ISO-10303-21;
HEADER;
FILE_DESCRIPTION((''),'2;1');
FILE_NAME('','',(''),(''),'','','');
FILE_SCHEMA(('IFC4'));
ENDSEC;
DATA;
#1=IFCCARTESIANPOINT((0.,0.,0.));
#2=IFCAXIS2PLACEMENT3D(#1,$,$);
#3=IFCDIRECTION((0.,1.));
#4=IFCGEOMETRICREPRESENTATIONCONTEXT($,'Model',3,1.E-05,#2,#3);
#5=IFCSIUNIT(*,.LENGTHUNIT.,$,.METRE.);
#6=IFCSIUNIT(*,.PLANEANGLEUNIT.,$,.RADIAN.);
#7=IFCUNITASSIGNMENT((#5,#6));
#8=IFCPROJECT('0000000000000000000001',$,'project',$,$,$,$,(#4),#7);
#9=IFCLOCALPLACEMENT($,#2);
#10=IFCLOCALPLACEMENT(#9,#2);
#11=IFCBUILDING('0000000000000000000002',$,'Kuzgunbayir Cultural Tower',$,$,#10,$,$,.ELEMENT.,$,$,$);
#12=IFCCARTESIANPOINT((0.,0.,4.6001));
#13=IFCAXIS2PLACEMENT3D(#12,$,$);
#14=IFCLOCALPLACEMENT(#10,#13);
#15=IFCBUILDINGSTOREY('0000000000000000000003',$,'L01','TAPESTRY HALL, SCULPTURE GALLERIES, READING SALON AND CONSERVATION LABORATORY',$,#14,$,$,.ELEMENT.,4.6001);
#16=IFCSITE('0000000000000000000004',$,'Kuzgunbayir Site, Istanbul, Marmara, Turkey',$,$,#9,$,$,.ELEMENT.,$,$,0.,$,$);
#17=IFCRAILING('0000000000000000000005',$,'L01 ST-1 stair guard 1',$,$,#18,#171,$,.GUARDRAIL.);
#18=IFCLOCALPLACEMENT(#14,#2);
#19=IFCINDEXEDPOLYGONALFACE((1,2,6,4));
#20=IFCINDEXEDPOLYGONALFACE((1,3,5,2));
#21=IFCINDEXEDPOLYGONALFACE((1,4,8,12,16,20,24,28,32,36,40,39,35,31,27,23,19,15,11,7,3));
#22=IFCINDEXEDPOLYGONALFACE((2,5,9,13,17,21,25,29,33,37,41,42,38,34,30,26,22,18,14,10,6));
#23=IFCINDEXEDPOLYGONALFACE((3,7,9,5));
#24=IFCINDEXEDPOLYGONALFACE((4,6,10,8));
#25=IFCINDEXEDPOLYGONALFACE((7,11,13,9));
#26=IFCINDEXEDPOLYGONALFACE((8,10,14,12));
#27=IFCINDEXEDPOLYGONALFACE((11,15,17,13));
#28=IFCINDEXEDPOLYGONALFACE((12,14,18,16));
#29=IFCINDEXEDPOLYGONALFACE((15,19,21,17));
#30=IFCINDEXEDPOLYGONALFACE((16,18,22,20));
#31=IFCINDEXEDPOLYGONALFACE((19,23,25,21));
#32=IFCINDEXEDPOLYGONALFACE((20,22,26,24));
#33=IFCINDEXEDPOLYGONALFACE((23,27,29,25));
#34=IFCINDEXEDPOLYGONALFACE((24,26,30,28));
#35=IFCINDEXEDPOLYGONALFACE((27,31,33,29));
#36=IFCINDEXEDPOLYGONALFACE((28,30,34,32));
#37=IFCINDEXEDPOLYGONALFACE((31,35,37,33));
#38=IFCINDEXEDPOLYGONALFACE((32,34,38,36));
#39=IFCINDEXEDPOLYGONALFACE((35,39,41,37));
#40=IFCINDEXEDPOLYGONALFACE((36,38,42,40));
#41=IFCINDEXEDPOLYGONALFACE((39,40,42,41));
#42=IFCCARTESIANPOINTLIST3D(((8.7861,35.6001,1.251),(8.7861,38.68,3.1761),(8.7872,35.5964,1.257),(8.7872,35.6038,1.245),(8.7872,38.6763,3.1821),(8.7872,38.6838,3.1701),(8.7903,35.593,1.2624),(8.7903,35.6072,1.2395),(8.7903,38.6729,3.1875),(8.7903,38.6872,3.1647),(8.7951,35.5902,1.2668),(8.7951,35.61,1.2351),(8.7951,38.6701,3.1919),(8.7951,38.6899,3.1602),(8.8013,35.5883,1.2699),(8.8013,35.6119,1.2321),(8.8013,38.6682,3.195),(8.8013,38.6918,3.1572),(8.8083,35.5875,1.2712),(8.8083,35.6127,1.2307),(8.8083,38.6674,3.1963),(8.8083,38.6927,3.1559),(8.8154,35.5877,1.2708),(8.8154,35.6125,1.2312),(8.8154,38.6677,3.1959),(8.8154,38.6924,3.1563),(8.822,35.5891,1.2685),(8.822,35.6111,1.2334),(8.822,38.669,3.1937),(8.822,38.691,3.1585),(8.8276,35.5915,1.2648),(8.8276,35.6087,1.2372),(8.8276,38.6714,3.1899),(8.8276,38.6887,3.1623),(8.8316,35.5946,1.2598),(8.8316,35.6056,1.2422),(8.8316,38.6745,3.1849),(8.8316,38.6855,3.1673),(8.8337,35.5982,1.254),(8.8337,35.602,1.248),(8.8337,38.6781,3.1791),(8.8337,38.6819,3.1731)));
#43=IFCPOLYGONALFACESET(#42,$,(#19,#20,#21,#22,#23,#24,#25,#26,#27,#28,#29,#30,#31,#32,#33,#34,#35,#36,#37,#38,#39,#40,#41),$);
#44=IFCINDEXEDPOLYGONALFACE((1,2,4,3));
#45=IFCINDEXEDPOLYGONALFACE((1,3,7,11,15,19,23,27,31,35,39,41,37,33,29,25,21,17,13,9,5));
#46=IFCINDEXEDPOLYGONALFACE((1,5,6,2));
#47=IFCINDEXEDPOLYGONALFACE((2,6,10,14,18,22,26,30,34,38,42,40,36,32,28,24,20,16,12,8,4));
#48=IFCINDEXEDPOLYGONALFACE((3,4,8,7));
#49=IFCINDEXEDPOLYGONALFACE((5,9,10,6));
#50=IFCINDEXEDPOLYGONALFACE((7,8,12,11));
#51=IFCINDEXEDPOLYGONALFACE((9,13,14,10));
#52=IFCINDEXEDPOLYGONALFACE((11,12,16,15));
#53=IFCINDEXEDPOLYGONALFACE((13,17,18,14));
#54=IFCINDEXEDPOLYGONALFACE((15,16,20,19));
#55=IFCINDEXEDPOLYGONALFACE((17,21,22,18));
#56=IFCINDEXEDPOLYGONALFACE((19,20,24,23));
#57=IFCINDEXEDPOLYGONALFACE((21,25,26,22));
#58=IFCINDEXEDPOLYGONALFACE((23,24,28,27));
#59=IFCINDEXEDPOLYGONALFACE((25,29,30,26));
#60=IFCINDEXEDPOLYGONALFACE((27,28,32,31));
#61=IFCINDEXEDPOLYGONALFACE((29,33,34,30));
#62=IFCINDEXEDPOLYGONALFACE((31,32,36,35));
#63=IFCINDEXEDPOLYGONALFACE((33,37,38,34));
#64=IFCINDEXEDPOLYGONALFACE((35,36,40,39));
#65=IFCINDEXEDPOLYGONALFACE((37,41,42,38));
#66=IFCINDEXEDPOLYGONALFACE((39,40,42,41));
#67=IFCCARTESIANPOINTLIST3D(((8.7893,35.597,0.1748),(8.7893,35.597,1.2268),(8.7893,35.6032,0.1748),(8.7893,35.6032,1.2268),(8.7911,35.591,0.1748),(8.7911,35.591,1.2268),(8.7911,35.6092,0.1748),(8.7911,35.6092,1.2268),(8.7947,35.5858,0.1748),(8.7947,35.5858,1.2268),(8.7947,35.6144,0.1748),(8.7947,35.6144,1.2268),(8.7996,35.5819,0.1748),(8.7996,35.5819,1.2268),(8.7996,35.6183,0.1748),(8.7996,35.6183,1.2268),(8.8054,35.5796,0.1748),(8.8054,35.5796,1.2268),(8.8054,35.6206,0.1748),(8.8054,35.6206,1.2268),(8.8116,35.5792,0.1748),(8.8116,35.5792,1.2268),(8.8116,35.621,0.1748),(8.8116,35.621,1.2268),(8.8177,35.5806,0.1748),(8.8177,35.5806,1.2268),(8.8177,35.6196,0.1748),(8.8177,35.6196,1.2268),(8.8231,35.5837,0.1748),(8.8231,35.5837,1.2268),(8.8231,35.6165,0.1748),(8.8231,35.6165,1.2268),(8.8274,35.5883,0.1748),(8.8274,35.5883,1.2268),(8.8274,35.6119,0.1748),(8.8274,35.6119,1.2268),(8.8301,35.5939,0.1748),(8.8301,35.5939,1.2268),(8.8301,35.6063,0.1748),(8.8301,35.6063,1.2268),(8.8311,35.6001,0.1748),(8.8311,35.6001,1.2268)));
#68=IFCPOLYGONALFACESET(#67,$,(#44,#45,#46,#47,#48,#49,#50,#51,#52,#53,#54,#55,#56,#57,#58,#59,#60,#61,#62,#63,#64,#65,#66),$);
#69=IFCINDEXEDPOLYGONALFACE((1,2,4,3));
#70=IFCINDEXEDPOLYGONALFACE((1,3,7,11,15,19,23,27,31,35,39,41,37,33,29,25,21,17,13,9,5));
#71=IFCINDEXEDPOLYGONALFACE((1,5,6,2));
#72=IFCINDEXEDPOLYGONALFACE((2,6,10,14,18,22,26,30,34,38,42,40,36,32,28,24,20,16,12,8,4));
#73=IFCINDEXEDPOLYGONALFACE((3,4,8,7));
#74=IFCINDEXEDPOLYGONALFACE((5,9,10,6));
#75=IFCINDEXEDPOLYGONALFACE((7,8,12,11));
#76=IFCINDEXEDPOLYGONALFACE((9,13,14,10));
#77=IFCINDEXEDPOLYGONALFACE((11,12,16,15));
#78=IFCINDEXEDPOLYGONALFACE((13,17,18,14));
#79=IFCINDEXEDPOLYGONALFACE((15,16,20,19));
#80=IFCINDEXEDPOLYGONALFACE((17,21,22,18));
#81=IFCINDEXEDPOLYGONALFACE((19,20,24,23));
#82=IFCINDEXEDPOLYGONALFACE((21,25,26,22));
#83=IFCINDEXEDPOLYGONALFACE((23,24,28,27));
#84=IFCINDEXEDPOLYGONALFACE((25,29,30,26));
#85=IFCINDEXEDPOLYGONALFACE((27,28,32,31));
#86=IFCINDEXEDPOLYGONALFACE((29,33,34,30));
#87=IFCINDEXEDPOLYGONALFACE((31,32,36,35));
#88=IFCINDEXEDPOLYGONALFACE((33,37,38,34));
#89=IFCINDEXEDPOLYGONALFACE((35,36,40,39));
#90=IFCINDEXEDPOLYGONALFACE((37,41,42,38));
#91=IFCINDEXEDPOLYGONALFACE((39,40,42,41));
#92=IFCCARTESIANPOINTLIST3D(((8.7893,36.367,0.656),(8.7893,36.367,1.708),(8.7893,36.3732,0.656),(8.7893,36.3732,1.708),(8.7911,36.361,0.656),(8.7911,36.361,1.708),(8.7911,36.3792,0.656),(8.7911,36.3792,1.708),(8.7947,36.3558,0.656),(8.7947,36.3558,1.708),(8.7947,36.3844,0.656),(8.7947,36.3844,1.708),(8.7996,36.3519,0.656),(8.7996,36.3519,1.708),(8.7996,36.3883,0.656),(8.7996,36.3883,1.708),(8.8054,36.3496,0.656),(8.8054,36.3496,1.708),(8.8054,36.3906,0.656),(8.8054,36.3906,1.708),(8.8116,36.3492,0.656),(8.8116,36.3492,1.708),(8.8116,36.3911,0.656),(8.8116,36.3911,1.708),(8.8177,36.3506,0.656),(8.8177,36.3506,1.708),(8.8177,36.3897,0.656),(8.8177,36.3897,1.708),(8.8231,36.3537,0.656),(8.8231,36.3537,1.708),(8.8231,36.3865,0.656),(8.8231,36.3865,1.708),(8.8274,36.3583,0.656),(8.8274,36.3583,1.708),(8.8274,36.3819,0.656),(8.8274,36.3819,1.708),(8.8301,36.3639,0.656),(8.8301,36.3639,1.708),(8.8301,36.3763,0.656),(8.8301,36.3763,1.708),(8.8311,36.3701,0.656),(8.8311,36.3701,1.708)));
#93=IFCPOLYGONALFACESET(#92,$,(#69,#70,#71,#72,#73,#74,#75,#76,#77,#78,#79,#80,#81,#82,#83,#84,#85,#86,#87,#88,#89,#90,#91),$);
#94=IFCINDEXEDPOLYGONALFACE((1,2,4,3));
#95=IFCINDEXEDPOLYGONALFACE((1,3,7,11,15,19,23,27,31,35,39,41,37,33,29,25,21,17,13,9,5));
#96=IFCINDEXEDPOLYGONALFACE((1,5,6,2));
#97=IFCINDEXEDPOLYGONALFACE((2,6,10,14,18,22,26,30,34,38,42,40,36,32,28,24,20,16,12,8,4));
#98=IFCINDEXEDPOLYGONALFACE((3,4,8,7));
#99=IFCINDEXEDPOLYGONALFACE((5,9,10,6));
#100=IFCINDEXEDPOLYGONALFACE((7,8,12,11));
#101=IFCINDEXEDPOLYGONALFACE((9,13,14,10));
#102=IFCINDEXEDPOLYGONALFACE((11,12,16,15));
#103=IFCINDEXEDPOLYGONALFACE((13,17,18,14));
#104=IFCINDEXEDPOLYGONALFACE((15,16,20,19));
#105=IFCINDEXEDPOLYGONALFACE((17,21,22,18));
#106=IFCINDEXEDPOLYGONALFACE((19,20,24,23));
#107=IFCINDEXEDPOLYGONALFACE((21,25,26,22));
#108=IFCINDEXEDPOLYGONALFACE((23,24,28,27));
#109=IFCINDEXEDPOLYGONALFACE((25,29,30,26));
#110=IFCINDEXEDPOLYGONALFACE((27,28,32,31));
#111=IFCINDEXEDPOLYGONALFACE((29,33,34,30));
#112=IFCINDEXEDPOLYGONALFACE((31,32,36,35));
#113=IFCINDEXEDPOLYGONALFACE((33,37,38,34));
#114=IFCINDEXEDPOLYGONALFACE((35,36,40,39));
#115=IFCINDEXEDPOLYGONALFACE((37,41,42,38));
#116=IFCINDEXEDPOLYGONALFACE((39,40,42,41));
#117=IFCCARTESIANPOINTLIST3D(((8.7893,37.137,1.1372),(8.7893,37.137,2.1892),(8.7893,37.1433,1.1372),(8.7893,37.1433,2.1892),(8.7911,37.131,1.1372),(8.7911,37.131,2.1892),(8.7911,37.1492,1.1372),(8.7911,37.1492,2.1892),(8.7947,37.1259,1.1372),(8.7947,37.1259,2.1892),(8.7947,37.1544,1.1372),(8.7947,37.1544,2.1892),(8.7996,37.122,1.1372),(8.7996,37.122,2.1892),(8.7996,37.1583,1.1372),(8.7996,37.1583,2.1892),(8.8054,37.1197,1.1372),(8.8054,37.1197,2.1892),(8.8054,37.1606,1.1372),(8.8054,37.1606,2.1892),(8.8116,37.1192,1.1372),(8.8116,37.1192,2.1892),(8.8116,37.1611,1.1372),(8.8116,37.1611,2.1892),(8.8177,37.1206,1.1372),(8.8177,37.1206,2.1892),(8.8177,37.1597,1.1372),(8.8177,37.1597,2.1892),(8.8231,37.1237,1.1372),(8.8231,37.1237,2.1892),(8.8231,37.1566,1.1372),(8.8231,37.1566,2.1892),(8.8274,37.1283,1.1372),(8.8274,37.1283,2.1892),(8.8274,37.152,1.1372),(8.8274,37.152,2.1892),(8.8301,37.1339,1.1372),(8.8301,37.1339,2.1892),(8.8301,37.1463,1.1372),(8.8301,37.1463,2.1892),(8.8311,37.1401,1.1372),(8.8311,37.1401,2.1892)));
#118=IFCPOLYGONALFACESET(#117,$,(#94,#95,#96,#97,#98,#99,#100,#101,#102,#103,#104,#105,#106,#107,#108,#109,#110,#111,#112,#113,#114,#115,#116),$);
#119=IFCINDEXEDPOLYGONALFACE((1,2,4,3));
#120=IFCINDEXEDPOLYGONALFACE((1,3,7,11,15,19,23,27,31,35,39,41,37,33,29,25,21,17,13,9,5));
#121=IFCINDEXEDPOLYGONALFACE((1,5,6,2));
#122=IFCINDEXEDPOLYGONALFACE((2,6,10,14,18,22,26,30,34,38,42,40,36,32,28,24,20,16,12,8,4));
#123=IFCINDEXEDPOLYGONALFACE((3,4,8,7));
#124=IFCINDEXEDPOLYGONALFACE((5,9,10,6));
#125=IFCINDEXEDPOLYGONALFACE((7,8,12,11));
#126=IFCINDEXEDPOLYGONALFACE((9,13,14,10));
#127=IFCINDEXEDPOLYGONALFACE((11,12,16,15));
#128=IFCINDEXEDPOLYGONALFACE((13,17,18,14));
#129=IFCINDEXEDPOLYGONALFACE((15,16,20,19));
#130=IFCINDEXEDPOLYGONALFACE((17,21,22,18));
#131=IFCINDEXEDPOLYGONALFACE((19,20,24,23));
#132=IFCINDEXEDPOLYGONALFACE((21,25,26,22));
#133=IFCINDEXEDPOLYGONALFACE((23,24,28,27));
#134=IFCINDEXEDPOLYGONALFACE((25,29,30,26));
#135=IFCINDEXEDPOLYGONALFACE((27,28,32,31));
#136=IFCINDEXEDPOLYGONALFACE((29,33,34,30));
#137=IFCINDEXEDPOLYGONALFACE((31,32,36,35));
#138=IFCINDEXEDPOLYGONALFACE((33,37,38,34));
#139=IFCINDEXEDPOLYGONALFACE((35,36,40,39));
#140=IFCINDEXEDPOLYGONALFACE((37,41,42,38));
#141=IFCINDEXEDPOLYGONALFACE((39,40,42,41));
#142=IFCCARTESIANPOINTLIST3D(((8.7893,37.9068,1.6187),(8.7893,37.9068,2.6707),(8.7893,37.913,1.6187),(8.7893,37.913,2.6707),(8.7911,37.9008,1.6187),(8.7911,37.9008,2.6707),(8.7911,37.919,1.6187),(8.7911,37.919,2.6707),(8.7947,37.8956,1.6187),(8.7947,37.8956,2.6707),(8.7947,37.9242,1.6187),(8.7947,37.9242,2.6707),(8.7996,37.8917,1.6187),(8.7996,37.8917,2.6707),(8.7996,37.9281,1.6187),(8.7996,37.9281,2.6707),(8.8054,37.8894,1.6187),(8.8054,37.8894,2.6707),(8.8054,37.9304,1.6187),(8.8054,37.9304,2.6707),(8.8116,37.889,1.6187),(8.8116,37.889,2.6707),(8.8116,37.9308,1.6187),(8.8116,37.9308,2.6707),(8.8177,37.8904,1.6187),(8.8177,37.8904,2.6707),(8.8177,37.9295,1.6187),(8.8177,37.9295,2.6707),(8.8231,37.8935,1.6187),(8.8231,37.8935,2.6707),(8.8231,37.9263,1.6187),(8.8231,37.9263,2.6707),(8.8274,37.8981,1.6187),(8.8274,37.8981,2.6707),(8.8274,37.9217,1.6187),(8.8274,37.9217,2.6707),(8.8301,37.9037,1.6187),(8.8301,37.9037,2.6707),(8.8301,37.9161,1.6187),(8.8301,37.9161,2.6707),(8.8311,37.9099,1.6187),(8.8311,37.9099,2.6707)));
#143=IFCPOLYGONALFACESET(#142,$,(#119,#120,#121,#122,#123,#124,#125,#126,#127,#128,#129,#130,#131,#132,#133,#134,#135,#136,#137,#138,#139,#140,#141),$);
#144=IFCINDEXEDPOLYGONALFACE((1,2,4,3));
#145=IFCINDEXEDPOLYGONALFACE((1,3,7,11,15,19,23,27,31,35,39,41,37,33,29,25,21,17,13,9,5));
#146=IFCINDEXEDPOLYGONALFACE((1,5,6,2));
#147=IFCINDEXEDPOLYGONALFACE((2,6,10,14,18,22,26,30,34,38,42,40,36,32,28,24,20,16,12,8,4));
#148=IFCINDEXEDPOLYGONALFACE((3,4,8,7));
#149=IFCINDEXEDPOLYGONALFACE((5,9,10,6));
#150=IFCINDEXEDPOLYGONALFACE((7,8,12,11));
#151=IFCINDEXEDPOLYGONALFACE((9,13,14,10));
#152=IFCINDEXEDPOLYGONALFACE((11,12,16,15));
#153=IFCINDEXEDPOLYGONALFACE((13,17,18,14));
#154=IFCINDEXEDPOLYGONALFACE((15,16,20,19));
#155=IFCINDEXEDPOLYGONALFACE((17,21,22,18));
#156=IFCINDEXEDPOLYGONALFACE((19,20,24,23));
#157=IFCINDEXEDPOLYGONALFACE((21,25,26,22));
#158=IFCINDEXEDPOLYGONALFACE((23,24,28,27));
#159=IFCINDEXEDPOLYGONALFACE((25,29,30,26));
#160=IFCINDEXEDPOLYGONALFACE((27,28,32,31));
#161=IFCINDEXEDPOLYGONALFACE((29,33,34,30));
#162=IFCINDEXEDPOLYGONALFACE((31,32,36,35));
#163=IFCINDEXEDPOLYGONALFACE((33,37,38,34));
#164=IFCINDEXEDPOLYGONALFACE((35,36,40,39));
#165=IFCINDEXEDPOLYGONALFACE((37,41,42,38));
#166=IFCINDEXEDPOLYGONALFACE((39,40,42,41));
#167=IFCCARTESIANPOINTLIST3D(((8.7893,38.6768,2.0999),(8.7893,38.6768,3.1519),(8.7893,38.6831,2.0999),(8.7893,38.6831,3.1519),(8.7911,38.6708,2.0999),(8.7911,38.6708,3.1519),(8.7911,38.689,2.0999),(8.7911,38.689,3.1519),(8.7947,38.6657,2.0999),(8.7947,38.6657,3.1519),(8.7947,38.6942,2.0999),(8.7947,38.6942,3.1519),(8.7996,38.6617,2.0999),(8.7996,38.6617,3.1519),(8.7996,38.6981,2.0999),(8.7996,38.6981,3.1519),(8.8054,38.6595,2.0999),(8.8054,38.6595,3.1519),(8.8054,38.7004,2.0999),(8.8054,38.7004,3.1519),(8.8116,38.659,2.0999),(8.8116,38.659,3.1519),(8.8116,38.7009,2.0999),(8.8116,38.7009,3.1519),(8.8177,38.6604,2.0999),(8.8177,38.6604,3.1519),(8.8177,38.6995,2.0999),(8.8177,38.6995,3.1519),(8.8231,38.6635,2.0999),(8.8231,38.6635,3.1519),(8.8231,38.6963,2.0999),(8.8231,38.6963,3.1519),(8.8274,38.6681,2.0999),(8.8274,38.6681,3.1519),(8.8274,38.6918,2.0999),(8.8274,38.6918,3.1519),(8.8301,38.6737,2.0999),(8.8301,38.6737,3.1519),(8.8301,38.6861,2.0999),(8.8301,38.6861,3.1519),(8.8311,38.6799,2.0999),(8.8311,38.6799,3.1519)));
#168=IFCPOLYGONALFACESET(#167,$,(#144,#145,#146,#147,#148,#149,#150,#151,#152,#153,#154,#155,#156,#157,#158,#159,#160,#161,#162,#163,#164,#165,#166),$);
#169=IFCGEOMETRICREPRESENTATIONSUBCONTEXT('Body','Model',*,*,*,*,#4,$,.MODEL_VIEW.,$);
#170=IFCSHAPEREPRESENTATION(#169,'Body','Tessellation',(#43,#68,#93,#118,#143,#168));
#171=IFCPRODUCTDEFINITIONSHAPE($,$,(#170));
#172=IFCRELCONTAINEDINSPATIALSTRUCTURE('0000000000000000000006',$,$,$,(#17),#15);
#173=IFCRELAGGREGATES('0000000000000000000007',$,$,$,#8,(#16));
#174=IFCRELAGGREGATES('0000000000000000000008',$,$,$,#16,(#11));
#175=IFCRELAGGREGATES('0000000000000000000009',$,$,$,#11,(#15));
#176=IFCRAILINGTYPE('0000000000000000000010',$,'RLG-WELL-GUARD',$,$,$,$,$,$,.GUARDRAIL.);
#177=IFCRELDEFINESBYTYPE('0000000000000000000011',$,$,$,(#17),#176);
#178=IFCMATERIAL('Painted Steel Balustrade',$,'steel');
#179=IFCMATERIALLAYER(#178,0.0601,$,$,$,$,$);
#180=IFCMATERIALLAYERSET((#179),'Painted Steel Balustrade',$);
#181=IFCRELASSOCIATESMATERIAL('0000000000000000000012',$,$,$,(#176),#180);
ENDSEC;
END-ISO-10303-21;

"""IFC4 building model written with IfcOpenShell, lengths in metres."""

from ifc_helpers import new_model, si_unit, direction, frame, origin, origin_2d, place, context, subcontext, project, spatial, circle, extrude, material, layer, layer_set, type_object, element, save


model = new_model("IFC4")

# Units and contexts
model_context = context("Model", 3, precision=1e-05, world=origin(), true_north=direction((0.0, 1.0)))
body_context = subcontext(model_context, "Body", "Model", "MODEL_VIEW")
ifc_project = project(units=[si_unit("LENGTHUNIT", "METRE"), si_unit("PLANEANGLEUNIT", "RADIAN")], contexts=[model_context])

# Site, building, storey
site_placement = place(None, origin())
site = spatial("IfcSite", under=ifc_project, at=site_placement, Name="Kuzgunbayir Site, Istanbul, Marmara, Turkey", CompositionType="ELEMENT", RefElevation=0.0)
building_placement = place(site_placement, origin())
building = spatial("IfcBuilding", under=site, at=building_placement, Name="Kuzgunbayir Cultural Tower", CompositionType="ELEMENT")
storey_placement = place(building_placement, frame((0.0, 0.0, 4.6001)))
storey = spatial("IfcBuildingStorey", under=building, at=storey_placement, Name="L01", Description="TAPESTRY HALL, SCULPTURE GALLERIES, READING SALON AND CONSERVATION LABORATORY", CompositionType="ELEMENT", Elevation=4.6001)

# Railing
ifc_material_1 = material(Name="Painted Steel Balustrade", Category="steel")
ifc_layer_1 = layer(ifc_material_1, 0.0601)
ifc_layer_set_1 = layer_set([ifc_layer_1], Name="Painted Steel Balustrade")
railing_type_1 = type_object("IfcRailingType", Name="RLG-WELL-GUARD", PredefinedType="GUARDRAIL", material=ifc_layer_set_1)
railing_1_placement = place(storey_placement, frame((8.8101, 35.6001, 0.1748)))
element("IfcRailing", 1, at=railing_1_placement, inside=storey, type_object=railing_type_1, Name="L01 ST-1 stair guard 1", PredefinedType="GUARDRAIL", context=body_context, shape_type="SweptSolid", body=[
    extrude(circle(Radius=0.0239, at=origin_2d()), frame((0.0, 0.0, 1.0762), z_axis=(0.0, 0.847979, 0.530029), x_axis=(-1.0, 0.0, 0.0)), (0.0, 0.0, 1.0), 3.6321),
    extrude(circle(Radius=0.021, at=origin_2d()), origin(), (0.0, 0.0, 1.0), 1.052),
    extrude(circle(Radius=0.021, at=origin_2d()), frame((0.0, 0.77, 0.4812)), (0.0, 0.0, 1.0), 1.052),
    extrude(circle(Radius=0.021, at=origin_2d()), frame((0.0, 1.54, 0.9624)), (0.0, 0.0, 1.0), 1.052),
    extrude(circle(Radius=0.021, at=origin_2d()), frame((0.0, 2.3098, 1.4438)), (0.0, 0.0, 1.0), 1.052),
    extrude(circle(Radius=0.021, at=origin_2d()), frame((0.0, 3.0798, 1.925)), (0.0, 0.0, 1.0), 1.052),
])

save(model, "model.ifc")
